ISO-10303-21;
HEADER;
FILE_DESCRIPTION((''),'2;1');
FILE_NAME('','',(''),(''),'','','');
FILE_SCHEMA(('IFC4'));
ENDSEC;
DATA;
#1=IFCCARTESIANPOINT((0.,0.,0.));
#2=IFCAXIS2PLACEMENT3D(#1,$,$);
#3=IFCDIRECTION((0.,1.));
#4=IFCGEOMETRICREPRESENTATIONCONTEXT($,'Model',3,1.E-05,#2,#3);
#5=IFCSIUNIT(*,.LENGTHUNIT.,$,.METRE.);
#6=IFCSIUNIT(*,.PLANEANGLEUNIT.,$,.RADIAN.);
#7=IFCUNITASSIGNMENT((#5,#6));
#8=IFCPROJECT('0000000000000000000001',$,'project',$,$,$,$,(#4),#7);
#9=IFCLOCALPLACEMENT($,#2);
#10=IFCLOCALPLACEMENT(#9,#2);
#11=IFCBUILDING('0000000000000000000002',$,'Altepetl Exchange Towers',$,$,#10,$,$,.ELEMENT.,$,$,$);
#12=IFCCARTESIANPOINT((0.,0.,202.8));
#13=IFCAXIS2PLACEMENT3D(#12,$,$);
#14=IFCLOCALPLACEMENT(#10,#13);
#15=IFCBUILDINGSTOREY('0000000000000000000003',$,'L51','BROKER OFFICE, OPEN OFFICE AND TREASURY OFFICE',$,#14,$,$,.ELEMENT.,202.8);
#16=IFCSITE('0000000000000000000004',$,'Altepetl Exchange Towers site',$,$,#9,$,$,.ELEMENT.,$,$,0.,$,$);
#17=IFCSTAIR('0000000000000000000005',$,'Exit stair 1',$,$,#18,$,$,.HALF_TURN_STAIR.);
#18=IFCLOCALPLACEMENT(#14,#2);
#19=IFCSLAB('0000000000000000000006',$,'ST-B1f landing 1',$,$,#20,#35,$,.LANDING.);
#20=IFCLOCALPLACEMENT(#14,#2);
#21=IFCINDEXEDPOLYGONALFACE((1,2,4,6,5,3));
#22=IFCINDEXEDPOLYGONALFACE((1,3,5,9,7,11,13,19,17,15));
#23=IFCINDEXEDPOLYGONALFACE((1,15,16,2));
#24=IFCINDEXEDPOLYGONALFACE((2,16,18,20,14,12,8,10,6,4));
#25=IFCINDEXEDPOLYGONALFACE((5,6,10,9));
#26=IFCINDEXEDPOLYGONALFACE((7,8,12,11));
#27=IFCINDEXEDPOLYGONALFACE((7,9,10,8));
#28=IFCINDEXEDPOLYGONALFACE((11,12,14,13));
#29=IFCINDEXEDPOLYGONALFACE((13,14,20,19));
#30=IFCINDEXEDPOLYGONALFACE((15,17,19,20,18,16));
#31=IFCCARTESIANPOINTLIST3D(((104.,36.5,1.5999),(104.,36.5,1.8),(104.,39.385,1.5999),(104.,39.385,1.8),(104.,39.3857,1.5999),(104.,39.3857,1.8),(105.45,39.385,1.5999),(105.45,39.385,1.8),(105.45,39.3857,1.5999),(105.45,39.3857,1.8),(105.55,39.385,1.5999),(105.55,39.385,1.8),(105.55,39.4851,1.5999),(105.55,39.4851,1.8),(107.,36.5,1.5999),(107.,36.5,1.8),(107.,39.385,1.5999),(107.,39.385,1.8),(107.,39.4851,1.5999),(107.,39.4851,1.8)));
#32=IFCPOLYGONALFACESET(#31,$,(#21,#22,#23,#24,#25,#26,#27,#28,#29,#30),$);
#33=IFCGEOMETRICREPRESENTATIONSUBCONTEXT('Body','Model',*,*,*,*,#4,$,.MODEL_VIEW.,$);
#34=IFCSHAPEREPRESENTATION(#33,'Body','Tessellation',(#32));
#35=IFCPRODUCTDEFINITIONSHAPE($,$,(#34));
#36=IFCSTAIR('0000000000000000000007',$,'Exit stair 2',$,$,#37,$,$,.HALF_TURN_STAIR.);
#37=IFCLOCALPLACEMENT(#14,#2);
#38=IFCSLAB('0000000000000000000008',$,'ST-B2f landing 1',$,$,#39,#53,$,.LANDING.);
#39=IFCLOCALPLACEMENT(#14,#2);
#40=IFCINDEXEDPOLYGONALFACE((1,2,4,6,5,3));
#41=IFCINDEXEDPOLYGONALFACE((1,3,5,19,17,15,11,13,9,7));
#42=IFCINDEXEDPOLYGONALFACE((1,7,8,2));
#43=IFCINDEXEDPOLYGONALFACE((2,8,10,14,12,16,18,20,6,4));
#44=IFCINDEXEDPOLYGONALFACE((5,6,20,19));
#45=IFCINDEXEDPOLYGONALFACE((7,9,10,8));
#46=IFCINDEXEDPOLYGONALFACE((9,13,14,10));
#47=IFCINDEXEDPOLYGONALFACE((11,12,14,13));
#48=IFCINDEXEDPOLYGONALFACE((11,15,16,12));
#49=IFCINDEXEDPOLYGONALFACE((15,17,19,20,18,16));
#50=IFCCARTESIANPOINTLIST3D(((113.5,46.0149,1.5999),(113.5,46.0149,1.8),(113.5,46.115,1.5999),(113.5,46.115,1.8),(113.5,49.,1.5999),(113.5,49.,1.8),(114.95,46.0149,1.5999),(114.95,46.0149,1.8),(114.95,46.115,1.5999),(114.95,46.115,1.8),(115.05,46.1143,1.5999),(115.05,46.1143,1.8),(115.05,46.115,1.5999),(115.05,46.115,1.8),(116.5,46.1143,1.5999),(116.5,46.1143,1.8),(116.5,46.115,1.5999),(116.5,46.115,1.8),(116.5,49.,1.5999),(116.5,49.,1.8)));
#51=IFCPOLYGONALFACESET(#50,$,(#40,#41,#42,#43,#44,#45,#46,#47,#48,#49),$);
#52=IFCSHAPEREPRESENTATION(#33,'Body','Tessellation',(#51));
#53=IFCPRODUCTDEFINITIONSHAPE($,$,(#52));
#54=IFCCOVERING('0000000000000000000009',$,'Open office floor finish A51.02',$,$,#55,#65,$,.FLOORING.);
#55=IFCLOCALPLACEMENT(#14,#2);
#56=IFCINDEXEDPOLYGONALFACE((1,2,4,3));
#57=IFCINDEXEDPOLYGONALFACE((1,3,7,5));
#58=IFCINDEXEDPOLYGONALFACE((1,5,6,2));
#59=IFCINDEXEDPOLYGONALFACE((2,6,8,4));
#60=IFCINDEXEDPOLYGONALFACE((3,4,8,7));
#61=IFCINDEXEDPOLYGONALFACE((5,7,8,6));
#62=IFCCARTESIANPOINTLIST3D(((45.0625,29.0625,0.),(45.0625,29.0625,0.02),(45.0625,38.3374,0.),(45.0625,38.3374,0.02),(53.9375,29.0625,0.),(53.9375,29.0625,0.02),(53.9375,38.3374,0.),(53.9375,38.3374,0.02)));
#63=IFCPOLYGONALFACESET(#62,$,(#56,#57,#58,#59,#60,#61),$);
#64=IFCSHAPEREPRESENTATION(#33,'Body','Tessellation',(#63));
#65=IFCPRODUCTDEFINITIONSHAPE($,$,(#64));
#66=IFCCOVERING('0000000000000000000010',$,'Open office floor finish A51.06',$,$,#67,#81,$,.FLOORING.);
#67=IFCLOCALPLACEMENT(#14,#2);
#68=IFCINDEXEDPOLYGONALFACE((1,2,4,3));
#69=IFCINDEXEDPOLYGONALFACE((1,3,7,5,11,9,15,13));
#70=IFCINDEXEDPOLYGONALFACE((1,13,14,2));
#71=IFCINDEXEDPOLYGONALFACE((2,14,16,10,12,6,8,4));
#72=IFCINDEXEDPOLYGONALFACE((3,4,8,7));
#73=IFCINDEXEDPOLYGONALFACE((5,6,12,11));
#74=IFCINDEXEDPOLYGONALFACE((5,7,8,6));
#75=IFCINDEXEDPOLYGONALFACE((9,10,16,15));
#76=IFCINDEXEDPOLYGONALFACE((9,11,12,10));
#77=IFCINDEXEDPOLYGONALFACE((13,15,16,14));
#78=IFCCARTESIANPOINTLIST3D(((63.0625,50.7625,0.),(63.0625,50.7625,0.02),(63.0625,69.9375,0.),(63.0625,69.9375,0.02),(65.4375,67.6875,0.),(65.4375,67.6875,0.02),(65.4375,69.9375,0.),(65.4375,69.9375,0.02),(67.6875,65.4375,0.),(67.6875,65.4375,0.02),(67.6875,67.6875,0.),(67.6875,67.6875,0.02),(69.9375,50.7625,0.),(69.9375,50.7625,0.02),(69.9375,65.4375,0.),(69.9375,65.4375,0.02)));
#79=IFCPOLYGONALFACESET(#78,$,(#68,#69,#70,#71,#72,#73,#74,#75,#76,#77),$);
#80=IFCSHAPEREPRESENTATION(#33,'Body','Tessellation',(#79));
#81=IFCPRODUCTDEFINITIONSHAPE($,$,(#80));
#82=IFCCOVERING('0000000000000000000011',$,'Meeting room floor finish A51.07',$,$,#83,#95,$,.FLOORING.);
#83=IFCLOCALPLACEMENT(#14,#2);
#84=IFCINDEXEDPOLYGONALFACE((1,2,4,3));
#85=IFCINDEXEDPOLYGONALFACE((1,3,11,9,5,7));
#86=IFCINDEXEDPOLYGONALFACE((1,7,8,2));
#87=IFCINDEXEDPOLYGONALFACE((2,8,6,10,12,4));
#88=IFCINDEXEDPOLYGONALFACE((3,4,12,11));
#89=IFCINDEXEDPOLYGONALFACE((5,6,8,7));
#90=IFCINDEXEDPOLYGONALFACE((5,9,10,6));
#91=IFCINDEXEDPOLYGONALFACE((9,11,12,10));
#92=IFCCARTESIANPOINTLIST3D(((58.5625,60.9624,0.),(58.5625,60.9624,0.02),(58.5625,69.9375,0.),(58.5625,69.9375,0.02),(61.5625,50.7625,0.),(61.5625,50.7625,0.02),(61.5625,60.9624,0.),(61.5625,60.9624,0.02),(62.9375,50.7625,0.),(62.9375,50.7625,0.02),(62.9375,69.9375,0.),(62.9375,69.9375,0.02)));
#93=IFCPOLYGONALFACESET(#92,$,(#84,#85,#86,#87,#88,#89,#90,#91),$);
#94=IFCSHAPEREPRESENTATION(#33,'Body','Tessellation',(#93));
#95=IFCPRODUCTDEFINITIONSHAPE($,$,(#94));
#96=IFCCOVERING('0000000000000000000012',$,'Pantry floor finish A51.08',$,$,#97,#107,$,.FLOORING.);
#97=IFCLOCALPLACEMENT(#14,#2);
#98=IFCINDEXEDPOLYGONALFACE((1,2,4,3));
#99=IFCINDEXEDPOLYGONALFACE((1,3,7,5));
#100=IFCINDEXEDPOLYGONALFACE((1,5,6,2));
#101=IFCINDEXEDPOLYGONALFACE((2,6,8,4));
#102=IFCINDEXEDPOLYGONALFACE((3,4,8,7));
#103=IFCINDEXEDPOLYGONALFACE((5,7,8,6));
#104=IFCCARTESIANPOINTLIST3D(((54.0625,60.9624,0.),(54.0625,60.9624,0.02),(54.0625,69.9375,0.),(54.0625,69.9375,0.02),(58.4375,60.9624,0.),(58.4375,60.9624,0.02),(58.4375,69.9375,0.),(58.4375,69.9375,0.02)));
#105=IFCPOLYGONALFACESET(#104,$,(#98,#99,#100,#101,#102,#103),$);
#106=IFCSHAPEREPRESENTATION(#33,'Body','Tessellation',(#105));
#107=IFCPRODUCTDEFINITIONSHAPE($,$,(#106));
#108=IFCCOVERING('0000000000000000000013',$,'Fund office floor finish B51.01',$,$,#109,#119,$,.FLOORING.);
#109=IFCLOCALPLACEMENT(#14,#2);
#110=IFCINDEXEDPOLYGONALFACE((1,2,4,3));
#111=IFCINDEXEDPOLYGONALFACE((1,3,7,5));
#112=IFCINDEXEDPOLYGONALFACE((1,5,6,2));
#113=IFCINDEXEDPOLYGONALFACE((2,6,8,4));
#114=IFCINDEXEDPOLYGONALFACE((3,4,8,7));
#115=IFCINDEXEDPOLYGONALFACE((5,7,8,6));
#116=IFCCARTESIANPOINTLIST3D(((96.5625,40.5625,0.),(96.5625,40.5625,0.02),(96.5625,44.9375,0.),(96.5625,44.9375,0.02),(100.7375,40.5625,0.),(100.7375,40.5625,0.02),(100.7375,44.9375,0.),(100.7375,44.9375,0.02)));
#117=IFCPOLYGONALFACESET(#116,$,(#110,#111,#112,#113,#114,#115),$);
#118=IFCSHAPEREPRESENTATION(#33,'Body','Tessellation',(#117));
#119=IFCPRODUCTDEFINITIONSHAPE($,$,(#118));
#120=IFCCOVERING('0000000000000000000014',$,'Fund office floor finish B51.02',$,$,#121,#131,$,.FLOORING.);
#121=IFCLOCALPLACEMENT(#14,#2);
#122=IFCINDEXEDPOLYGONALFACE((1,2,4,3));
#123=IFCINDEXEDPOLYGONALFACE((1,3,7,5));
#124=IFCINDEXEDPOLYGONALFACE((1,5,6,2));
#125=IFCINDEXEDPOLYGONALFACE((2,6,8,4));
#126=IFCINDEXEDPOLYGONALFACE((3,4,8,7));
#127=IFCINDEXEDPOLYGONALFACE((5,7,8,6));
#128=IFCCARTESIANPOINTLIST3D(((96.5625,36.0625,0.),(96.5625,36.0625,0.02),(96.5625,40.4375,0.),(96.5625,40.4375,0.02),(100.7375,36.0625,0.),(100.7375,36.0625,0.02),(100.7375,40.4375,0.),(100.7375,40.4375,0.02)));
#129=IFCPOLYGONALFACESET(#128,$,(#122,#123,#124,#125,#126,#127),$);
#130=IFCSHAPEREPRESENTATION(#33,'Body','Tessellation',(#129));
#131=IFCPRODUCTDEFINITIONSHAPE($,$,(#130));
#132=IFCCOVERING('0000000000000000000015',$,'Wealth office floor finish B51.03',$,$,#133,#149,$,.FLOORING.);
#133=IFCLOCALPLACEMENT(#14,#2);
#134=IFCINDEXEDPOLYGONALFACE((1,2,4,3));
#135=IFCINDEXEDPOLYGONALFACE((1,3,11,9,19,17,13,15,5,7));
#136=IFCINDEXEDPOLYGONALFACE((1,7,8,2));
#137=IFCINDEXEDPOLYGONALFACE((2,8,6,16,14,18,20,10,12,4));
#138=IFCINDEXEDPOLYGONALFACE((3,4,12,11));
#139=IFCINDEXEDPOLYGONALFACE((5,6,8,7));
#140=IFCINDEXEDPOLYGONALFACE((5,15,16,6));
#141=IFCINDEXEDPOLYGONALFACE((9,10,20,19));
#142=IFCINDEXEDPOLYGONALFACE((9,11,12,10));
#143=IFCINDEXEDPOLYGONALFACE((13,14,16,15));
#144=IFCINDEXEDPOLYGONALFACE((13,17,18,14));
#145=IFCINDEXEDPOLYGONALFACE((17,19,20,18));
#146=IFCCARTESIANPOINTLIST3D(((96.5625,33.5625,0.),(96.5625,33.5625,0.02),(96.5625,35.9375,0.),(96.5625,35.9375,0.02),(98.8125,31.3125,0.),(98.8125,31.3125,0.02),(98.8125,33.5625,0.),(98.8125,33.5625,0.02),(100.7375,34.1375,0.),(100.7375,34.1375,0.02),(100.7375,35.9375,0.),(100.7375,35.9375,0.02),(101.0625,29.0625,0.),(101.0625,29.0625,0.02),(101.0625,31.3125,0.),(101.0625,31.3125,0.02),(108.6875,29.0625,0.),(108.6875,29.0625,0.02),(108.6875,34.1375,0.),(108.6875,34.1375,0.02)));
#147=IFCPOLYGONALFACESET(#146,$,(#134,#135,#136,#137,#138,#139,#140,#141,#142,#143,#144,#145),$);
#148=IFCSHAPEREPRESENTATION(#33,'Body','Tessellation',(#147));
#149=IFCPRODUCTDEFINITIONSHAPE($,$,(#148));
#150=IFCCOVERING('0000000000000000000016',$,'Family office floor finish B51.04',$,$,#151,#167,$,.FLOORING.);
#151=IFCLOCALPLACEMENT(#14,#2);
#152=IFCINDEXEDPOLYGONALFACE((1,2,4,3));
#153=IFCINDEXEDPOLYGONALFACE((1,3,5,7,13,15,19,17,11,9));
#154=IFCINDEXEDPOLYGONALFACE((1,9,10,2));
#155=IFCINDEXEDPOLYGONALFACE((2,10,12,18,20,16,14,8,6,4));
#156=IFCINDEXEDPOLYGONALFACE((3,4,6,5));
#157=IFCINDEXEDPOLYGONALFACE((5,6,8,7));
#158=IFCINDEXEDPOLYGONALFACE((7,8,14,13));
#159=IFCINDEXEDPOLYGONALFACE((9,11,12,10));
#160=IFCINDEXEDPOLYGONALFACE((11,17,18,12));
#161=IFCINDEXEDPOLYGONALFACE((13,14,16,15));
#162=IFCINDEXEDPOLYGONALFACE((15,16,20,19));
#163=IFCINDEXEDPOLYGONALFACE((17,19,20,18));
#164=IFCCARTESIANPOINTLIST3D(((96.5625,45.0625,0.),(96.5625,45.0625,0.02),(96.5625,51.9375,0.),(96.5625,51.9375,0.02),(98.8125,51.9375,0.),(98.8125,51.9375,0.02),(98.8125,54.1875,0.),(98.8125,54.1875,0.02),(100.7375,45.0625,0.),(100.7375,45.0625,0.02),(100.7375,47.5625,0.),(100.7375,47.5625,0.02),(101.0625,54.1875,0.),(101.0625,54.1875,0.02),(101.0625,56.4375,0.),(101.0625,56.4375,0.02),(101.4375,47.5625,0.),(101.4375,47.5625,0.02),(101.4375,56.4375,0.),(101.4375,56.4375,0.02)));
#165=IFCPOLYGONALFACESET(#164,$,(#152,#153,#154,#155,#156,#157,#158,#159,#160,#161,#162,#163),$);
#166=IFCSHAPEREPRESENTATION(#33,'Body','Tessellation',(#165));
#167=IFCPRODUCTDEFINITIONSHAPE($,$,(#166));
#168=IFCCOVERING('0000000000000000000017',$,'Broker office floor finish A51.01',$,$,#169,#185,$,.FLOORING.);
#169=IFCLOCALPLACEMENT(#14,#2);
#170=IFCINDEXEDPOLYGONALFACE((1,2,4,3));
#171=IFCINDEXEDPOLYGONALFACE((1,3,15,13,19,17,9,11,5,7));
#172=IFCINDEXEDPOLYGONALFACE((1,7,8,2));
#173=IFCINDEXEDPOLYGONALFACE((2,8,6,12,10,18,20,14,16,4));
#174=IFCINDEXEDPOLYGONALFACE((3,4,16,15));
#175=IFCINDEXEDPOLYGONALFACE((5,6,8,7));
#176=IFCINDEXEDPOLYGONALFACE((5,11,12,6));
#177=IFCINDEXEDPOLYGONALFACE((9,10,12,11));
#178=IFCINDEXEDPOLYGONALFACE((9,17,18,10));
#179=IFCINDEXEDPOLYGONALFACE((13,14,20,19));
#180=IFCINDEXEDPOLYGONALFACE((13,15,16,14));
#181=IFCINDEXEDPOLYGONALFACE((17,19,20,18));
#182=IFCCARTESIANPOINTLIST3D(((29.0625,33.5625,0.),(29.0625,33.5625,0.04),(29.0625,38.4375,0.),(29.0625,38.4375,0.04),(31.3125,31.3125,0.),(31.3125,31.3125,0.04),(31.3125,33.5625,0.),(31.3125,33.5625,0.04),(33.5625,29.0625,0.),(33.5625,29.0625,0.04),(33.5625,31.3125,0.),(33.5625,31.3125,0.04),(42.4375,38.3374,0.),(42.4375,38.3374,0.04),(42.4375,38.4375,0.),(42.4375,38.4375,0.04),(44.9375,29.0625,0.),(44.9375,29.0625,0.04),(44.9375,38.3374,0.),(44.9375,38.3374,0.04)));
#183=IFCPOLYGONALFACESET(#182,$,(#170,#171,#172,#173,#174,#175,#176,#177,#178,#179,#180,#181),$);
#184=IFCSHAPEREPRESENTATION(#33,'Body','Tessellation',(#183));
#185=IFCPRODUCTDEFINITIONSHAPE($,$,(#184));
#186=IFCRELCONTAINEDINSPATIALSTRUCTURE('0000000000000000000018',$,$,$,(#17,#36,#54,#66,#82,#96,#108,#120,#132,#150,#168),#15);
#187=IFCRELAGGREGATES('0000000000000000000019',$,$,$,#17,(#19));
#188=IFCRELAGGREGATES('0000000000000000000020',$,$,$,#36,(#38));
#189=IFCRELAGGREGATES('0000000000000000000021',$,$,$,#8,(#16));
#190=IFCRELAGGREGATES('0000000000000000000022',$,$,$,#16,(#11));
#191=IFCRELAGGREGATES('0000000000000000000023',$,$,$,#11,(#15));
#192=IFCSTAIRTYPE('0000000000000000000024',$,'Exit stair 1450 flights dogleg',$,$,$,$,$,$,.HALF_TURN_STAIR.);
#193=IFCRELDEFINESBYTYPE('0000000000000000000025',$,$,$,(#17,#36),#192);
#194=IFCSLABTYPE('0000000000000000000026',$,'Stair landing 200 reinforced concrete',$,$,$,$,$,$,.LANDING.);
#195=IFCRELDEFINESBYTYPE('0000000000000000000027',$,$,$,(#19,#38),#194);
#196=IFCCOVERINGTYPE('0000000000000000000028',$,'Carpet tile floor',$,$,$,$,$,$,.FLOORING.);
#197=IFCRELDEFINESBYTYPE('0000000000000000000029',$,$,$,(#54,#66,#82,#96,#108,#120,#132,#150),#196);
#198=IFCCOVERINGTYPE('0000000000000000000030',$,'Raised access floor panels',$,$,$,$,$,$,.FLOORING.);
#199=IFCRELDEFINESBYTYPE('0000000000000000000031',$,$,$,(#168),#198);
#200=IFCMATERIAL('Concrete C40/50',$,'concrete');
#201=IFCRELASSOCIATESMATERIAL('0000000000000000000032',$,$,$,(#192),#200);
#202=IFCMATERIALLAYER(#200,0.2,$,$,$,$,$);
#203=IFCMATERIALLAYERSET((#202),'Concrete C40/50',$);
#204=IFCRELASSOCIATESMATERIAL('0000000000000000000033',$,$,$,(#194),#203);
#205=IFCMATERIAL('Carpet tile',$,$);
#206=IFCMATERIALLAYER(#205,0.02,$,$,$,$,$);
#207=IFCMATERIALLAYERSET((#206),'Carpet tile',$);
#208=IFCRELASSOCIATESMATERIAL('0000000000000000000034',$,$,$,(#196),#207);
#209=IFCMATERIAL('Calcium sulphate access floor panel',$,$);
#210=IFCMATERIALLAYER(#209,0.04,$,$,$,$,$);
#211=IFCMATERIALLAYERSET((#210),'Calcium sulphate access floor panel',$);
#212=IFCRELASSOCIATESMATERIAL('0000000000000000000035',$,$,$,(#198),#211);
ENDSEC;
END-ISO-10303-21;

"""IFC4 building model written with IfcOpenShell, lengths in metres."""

from ifc_helpers import new_model, si_unit, direction, frame, origin, place, context, subcontext, project, spatial, polyline, outline, extrude, material, layer, layer_set, type_object, element, aggregate, save


model = new_model("IFC4")

# Units and contexts
model_context = context("Model", 3, precision=1e-05, world=origin(), true_north=direction((0.0, 1.0)))
body_context = subcontext(model_context, "Body", "Model", "MODEL_VIEW")
ifc_project = project(units=[si_unit("LENGTHUNIT", "METRE"), si_unit("PLANEANGLEUNIT", "RADIAN")], contexts=[model_context])

# Site, building, storey
site_placement = place(None, origin())
site = spatial("IfcSite", under=ifc_project, at=site_placement, Name="Altepetl Exchange Towers site", CompositionType="ELEMENT", RefElevation=0.0)
building_placement = place(site_placement, origin())
building = spatial("IfcBuilding", under=site, at=building_placement, Name="Altepetl Exchange Towers", CompositionType="ELEMENT")
storey_placement = place(building_placement, frame((0.0, 0.0, 202.8)))
storey = spatial("IfcBuildingStorey", under=building, at=storey_placement, Name="L51", Description="BROKER OFFICE, OPEN OFFICE AND TREASURY OFFICE", CompositionType="ELEMENT", Elevation=202.8)

# Shared definitions
ifc_material_1 = material(Name="Concrete C40/50", Category="concrete")

# Stairs, slabs
stair_type = type_object("IfcStairType", Name="Exit stair 1450 flights dogleg", PredefinedType="HALF_TURN_STAIR", material=ifc_material_1)
ifc_layer_1 = layer(ifc_material_1, 0.2)
ifc_layer_set_1 = layer_set([ifc_layer_1], Name="Concrete C40/50")
slab_type_1 = type_object("IfcSlabType", Name="Stair landing 200 reinforced concrete", PredefinedType="LANDING", material=ifc_layer_set_1)
stair_1_placement = place(storey_placement, origin())
stair_1 = element("IfcStair", 1, at=stair_1_placement, inside=storey, type_object=stair_type, Name="Exit stair 1", PredefinedType="HALF_TURN_STAIR")
slab_1_placement = place(storey_placement, frame((0.0, 0.0, 1.5999)))
slab_1 = element("IfcSlab", 2, at=slab_1_placement, type_object=slab_type_1, Name="ST-B1f landing 1", PredefinedType="LANDING", context=body_context, shape_type="SweptSolid", body=[
    extrude(outline(polyline([(107.0, 36.5), (104.0, 36.5), (104.0, 39.385), (104.0, 39.3857), (105.45, 39.3857), (105.45, 39.385), (105.55, 39.385), (105.55, 39.4851), (107.0, 39.4851), (107.0, 39.385), (107.0, 36.5)])), origin(), (0.0, 0.0, 1.0), 0.2002),
])
aggregate(stair_1, [slab_1])
stair_2_placement = place(storey_placement, origin())
stair_2 = element("IfcStair", 3, at=stair_2_placement, inside=storey, type_object=stair_type, Name="Exit stair 2", PredefinedType="HALF_TURN_STAIR")
slab_2_placement = place(storey_placement, frame((0.0, 0.0, 1.5999)))
slab_2 = element("IfcSlab", 4, at=slab_2_placement, type_object=slab_type_1, Name="ST-B2f landing 1", PredefinedType="LANDING", context=body_context, shape_type="SweptSolid", body=[
    extrude(outline(polyline([(114.95, 46.0149), (113.5, 46.0149), (113.5, 46.115), (113.5, 49.0), (116.5, 49.0), (116.5, 46.115), (116.5, 46.1143), (115.05, 46.1143), (115.05, 46.115), (114.95, 46.115), (114.95, 46.0149)])), origin(), (0.0, 0.0, 1.0), 0.2002),
])
aggregate(stair_2, [slab_2])

# Coverings
ifc_material_2 = material(Name="Carpet tile")
ifc_layer_2 = layer(ifc_material_2, 0.02)
ifc_layer_set_2 = layer_set([ifc_layer_2], Name="Carpet tile")
covering_type_1 = type_object("IfcCoveringType", Name="Carpet tile floor", PredefinedType="FLOORING", material=ifc_layer_set_2)
covering_1_placement = place(storey_placement, origin())
element("IfcCovering", 5, at=covering_1_placement, inside=storey, type_object=covering_type_1, Name="Open office floor finish A51.02", PredefinedType="FLOORING", context=body_context, shape_type="SweptSolid", body=[
    extrude(outline(polyline([(45.0625, 38.3374), (45.0625, 29.0625), (53.9375, 29.0625), (53.9375, 38.3374), (45.0625, 38.3374)])), origin(), (0.0, 0.0, 1.0), 0.02),
])
covering_2_placement = place(storey_placement, origin())
element("IfcCovering", 6, at=covering_2_placement, inside=storey, type_object=covering_type_1, Name="Open office floor finish A51.06", PredefinedType="FLOORING", context=body_context, shape_type="SweptSolid", body=[
    extrude(outline(polyline([(65.4375, 67.6875), (65.4375, 69.9375), (63.0625, 69.9375), (63.0625, 50.7625), (69.9375, 50.7625), (69.9375, 65.4375), (67.6875, 65.4375), (67.6875, 67.6875), (65.4375, 67.6875)])), origin(), (0.0, 0.0, 1.0), 0.02),
])
covering_3_placement = place(storey_placement, origin())
element("IfcCovering", 7, at=covering_3_placement, inside=storey, type_object=covering_type_1, Name="Meeting room floor finish A51.07", PredefinedType="FLOORING", context=body_context, shape_type="SweptSolid", body=[
    extrude(outline(polyline([(62.9375, 50.7625), (62.9375, 69.9375), (58.5625, 69.9375), (58.5625, 60.9624), (61.5625, 60.9624), (61.5625, 50.7625), (62.9375, 50.7625)])), origin(), (0.0, 0.0, 1.0), 0.02),
])
covering_4_placement = place(storey_placement, origin())
element("IfcCovering", 8, at=covering_4_placement, inside=storey, type_object=covering_type_1, Name="Pantry floor finish A51.08", PredefinedType="FLOORING", context=body_context, shape_type="SweptSolid", body=[
    extrude(outline(polyline([(58.4375, 60.9624), (58.4375, 69.9375), (54.0625, 69.9375), (54.0625, 60.9624), (58.4375, 60.9624)])), origin(), (0.0, 0.0, 1.0), 0.02),
])
covering_5_placement = place(storey_placement, origin())
element("IfcCovering", 9, at=covering_5_placement, inside=storey, type_object=covering_type_1, Name="Fund office floor finish B51.01", PredefinedType="FLOORING", context=body_context, shape_type="SweptSolid", body=[
    extrude(outline(polyline([(100.7375, 44.9375), (96.5625, 44.9375), (96.5625, 40.5625), (100.7375, 40.5625), (100.7375, 44.9375)])), origin(), (0.0, 0.0, 1.0), 0.02),
])
covering_6_placement = place(storey_placement, origin())
element("IfcCovering", 10, at=covering_6_placement, inside=storey, type_object=covering_type_1, Name="Fund office floor finish B51.02", PredefinedType="FLOORING", context=body_context, shape_type="SweptSolid", body=[
    extrude(outline(polyline([(100.7375, 40.4375), (96.5625, 40.4375), (96.5625, 36.0625), (100.7375, 36.0625), (100.7375, 40.4375)])), origin(), (0.0, 0.0, 1.0), 0.02),
])
covering_7_placement = place(storey_placement, origin())
element("IfcCovering", 11, at=covering_7_placement, inside=storey, type_object=covering_type_1, Name="Wealth office floor finish B51.03", PredefinedType="FLOORING", context=body_context, shape_type="SweptSolid", body=[
    extrude(outline(polyline([(100.7375, 34.1375), (100.7375, 35.9375), (96.5625, 35.9375), (96.5625, 33.5625), (98.8125, 33.5625), (98.8125, 31.3125), (101.0625, 31.3125), (101.0625, 29.0625), (108.6875, 29.0625), (108.6875, 34.1375), (100.7375, 34.1375)])), origin(), (0.0, 0.0, 1.0), 0.02),
])
covering_8_placement = place(storey_placement, origin())
element("IfcCovering", 12, at=covering_8_placement, inside=storey, type_object=covering_type_1, Name="Family office floor finish B51.04", PredefinedType="FLOORING", context=body_context, shape_type="SweptSolid", body=[
    extrude(outline(polyline([(96.5625, 51.9375), (96.5625, 45.0625), (100.7375, 45.0625), (100.7375, 47.5625), (101.4375, 47.5625), (101.4375, 56.4375), (101.0625, 56.4375), (101.0625, 54.1875), (98.8125, 54.1875), (98.8125, 51.9375), (96.5625, 51.9375)])), origin(), (0.0, 0.0, 1.0), 0.02),
])
ifc_material_3 = material(Name="Calcium sulphate access floor panel")
ifc_layer_3 = layer(ifc_material_3, 0.04)
ifc_layer_set_3 = layer_set([ifc_layer_3], Name="Calcium sulphate access floor panel")
covering_type_2 = type_object("IfcCoveringType", Name="Raised access floor panels", PredefinedType="FLOORING", material=ifc_layer_set_3)
covering_9_placement = place(storey_placement, origin())
element("IfcCovering", 13, at=covering_9_placement, inside=storey, type_object=covering_type_2, Name="Broker office floor finish A51.01", PredefinedType="FLOORING", context=body_context, shape_type="SweptSolid", body=[
    extrude(outline(polyline([(33.5625, 29.0625), (44.9375, 29.0625), (44.9375, 38.3374), (42.4375, 38.3374), (42.4375, 38.4375), (29.0625, 38.4375), (29.0625, 33.5625), (31.3125, 33.5625), (31.3125, 31.3125), (33.5625, 31.3125), (33.5625, 29.0625)])), origin(), (0.0, 0.0, 1.0), 0.04),
])

save(model, "model.ifc")
